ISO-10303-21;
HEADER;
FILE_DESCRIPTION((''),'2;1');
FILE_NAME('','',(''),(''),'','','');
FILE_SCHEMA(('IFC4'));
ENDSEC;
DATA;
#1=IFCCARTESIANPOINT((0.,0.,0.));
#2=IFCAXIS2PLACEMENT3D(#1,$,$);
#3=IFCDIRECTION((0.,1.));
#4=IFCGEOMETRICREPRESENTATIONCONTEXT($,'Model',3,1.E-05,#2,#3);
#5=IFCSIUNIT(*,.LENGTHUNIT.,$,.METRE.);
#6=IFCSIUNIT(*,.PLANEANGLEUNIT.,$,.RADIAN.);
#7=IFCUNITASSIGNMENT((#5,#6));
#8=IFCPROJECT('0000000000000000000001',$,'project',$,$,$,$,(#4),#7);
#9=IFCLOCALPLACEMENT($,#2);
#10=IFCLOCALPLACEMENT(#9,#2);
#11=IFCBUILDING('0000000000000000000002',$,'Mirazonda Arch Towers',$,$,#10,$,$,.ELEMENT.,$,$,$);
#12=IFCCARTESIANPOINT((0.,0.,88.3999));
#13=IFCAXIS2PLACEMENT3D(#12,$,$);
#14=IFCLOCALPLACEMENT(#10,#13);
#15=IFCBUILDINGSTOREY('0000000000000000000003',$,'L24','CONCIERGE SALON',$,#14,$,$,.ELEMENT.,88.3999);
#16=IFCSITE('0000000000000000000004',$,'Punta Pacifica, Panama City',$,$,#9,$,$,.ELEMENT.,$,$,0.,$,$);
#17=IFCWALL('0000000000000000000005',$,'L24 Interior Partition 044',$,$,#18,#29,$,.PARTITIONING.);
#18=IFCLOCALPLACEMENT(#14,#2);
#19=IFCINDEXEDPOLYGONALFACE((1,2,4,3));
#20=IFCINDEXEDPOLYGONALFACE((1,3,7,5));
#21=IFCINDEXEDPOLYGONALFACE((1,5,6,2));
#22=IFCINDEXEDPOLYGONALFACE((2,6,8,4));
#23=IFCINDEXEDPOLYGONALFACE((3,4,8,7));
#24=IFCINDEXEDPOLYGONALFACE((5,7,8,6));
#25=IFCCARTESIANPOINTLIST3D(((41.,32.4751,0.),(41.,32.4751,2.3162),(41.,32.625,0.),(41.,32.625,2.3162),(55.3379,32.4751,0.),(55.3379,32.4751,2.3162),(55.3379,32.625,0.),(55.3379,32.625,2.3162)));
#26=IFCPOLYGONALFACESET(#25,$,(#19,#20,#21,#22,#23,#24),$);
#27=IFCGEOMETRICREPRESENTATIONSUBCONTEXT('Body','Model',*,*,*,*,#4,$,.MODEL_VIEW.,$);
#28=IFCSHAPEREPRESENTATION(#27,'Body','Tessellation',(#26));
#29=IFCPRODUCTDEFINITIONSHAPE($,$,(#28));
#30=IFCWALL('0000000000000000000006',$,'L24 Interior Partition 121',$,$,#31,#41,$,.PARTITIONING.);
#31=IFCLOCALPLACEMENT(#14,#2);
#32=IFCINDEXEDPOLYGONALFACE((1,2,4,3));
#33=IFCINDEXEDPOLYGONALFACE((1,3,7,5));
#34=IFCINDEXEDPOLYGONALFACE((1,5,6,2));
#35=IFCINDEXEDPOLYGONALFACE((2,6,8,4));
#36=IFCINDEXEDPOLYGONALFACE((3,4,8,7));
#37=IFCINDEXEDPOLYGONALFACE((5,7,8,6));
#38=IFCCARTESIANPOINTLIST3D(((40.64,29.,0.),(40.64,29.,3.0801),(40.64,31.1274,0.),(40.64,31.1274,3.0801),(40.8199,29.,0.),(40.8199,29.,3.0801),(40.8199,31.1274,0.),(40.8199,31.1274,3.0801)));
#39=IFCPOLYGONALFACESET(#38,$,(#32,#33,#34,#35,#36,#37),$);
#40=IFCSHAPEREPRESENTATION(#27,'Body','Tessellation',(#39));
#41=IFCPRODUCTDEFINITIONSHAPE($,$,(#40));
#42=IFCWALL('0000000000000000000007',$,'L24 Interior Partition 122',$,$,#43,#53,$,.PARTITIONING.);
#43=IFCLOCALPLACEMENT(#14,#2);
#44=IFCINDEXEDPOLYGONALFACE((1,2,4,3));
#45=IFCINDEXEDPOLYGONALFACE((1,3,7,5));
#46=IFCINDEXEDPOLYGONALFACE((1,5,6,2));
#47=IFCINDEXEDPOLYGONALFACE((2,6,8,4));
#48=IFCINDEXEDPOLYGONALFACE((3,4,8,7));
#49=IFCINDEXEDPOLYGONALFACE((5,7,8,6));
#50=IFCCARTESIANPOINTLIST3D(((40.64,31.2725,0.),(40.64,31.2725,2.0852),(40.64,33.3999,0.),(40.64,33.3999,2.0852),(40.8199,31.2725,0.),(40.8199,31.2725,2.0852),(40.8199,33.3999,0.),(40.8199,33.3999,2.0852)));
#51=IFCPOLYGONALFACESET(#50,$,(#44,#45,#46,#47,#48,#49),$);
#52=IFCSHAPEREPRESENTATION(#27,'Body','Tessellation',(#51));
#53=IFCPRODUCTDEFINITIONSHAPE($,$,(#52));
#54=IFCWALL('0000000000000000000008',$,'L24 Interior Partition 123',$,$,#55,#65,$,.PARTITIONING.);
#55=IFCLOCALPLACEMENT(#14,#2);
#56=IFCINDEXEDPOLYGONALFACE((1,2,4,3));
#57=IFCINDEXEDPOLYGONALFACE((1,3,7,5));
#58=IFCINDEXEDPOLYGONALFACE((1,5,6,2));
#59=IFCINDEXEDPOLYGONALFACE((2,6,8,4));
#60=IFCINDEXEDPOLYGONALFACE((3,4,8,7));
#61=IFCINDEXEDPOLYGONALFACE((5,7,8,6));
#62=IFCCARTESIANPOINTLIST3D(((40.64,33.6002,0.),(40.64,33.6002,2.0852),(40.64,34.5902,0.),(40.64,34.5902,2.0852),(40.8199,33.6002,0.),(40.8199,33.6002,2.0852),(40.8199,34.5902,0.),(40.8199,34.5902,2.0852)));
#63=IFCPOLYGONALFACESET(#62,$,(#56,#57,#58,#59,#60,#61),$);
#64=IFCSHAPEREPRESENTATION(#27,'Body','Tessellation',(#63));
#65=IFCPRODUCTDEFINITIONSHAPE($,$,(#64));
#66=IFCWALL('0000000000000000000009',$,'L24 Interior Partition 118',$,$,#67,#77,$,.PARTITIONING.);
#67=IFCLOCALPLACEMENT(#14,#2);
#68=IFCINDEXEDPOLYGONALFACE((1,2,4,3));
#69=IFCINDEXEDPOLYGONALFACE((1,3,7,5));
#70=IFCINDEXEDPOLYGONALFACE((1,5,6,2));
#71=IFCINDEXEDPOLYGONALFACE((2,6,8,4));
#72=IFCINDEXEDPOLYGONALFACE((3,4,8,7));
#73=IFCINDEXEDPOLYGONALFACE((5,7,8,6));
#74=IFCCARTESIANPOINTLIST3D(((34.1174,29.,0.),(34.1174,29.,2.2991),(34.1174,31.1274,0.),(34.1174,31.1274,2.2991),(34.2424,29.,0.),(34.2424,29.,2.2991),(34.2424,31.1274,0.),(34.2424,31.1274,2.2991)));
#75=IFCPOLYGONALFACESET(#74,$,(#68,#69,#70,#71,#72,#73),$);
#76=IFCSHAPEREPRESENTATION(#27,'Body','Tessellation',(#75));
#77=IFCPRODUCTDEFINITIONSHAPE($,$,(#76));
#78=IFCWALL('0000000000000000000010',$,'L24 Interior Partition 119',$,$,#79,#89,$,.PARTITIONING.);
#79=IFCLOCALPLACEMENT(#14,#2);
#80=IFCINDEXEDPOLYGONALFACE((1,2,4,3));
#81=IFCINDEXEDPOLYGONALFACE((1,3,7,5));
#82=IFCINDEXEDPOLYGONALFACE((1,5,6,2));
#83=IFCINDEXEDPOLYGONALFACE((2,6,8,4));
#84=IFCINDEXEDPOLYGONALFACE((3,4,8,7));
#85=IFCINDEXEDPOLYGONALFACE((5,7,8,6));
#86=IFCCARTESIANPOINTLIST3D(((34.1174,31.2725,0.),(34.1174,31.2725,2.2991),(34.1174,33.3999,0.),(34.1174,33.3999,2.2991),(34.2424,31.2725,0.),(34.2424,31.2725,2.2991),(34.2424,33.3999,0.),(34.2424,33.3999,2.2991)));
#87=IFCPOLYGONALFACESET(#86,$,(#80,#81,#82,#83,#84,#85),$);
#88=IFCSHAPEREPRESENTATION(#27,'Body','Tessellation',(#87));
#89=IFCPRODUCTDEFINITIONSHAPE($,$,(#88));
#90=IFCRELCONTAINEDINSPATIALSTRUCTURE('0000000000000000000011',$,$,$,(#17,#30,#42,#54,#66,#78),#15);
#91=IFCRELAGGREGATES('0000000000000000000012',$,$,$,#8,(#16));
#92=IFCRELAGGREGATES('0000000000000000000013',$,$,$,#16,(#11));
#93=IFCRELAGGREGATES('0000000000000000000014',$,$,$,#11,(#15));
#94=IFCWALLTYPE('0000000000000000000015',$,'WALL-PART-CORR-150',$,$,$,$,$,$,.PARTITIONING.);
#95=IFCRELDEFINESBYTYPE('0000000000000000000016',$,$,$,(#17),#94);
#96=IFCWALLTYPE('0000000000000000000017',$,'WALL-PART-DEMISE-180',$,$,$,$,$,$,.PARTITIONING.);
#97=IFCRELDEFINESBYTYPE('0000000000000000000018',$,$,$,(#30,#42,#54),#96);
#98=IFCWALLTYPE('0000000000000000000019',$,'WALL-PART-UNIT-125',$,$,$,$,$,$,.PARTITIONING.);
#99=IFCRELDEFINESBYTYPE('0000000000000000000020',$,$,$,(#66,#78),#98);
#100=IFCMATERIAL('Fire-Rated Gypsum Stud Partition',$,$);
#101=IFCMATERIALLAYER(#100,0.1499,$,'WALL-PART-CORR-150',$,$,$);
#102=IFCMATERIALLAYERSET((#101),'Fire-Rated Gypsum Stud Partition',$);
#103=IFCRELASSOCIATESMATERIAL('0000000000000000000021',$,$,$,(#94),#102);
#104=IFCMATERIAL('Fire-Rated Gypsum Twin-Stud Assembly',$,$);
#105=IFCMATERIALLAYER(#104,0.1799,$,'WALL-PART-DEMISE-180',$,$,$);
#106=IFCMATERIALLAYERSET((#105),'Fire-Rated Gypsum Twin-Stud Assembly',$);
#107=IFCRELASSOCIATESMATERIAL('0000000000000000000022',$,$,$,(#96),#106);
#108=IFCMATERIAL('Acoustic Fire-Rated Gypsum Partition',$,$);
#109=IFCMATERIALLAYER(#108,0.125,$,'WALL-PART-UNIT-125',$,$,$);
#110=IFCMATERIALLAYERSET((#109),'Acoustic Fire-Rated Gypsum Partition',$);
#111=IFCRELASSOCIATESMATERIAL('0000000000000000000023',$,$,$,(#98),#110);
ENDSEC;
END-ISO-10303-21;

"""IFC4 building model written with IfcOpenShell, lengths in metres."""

from ifc_helpers import new_model, si_unit, direction, frame, frame_2d, origin, place, context, subcontext, project, spatial, rectangle, extrude, material, layer, layer_set, type_object, element, save


model = new_model("IFC4")

# Units and contexts
model_context = context("Model", 3, precision=1e-05, world=origin(), true_north=direction((0.0, 1.0)))
body_context = subcontext(model_context, "Body", "Model", "MODEL_VIEW")
ifc_project = project(units=[si_unit("LENGTHUNIT", "METRE"), si_unit("PLANEANGLEUNIT", "RADIAN")], contexts=[model_context])

# Site, building, storey
site_placement = place(None, origin())
site = spatial("IfcSite", under=ifc_project, at=site_placement, Name="Punta Pacifica, Panama City", CompositionType="ELEMENT", RefElevation=0.0)
building_placement = place(site_placement, origin())
building = spatial("IfcBuilding", under=site, at=building_placement, Name="Mirazonda Arch Towers", CompositionType="ELEMENT")
storey_placement = place(building_placement, frame((0.0, 0.0, 88.3999)))
storey = spatial("IfcBuildingStorey", under=building, at=storey_placement, Name="L24", Description="CONCIERGE SALON", CompositionType="ELEMENT", Elevation=88.3999)

# Walls
ifc_material_1 = material(Name="Fire-Rated Gypsum Stud Partition")
ifc_layer_1 = layer(ifc_material_1, 0.1499, Name="WALL-PART-CORR-150")
ifc_layer_set_1 = layer_set([ifc_layer_1], Name="Fire-Rated Gypsum Stud Partition")
wall_type_1 = type_object("IfcWallType", Name="WALL-PART-CORR-150", PredefinedType="PARTITIONING", material=ifc_layer_set_1)
wall_1_placement = place(storey_placement, frame((41.0, 32.55, 0.0), z_axis=(0.0, 0.0, 1.0), x_axis=(1.0, 0.0, 0.0)))
element("IfcWall", 1, at=wall_1_placement, inside=storey, type_object=wall_type_1, Name="L24 Interior Partition 044", PredefinedType="PARTITIONING", context=body_context, shape_type="SweptSolid", body=[
    extrude(rectangle(XDim=14.3379, YDim=0.1499, at=frame_2d((7.1689, 0.0))), origin(), (0.0, 0.0, 1.0), 2.3162),
])
ifc_material_2 = material(Name="Fire-Rated Gypsum Twin-Stud Assembly")
ifc_layer_2 = layer(ifc_material_2, 0.1799, Name="WALL-PART-DEMISE-180")
ifc_layer_set_2 = layer_set([ifc_layer_2], Name="Fire-Rated Gypsum Twin-Stud Assembly")
wall_type_2 = type_object("IfcWallType", Name="WALL-PART-DEMISE-180", PredefinedType="PARTITIONING", material=ifc_layer_set_2)
wall_2_placement = place(storey_placement, frame((40.73, 29.0, 0.0), z_axis=(0.0, 0.0, 1.0), x_axis=(0.0, 1.0, 0.0)))
element("IfcWall", 2, at=wall_2_placement, inside=storey, type_object=wall_type_2, Name="L24 Interior Partition 121", PredefinedType="PARTITIONING", context=body_context, shape_type="SweptSolid", body=[
    extrude(rectangle(XDim=2.1274, YDim=0.1799, at=frame_2d((1.0637, 0.0))), origin(), (0.0, 0.0, 1.0), 3.0801),
])
wall_3_placement = place(storey_placement, frame((40.73, 31.2725, 0.0), z_axis=(0.0, 0.0, 1.0), x_axis=(0.0, 1.0, 0.0)))
element("IfcWall", 3, at=wall_3_placement, inside=storey, type_object=wall_type_2, Name="L24 Interior Partition 122", PredefinedType="PARTITIONING", context=body_context, shape_type="SweptSolid", body=[
    extrude(rectangle(XDim=2.1274, YDim=0.1799, at=frame_2d((1.0637, 0.0))), origin(), (0.0, 0.0, 1.0), 2.0852),
])
wall_4_placement = place(storey_placement, frame((40.73, 33.6001, 0.0), z_axis=(0.0, 0.0, 1.0), x_axis=(0.0, 1.0, 0.0)))
element("IfcWall", 4, at=wall_4_placement, inside=storey, type_object=wall_type_2, Name="L24 Interior Partition 123", PredefinedType="PARTITIONING", context=body_context, shape_type="SweptSolid", body=[
    extrude(rectangle(XDim=0.99, YDim=0.1799, at=frame_2d((0.4951, 0.0))), origin(), (0.0, 0.0, 1.0), 2.0852),
])
ifc_material_3 = material(Name="Acoustic Fire-Rated Gypsum Partition")
ifc_layer_3 = layer(ifc_material_3, 0.125, Name="WALL-PART-UNIT-125")
ifc_layer_set_3 = layer_set([ifc_layer_3], Name="Acoustic Fire-Rated Gypsum Partition")
wall_type_3 = type_object("IfcWallType", Name="WALL-PART-UNIT-125", PredefinedType="PARTITIONING", material=ifc_layer_set_3)
for number, where, z_axis, x_axis, name in (
    (5, (34.1799, 29.0, 0.0), (0.0, 0.0, 1.0), (0.0, 1.0, 0.0), "L24 Interior Partition 118"),
    (6, (34.1799, 31.2725, 0.0), (0.0, 0.0, 1.0), (0.0, 1.0, 0.0), "L24 Interior Partition 119"),
):
    element("IfcWall", number, at=place(storey_placement, frame(where, z_axis=z_axis, x_axis=x_axis)), inside=storey, type_object=wall_type_3, Name=name, PredefinedType="PARTITIONING", context=body_context, shape_type="SweptSolid", body=[
        extrude(rectangle(XDim=2.1274, YDim=0.125, at=frame_2d((1.0637, 0.0))), origin(), (0.0, 0.0, 1.0), 2.2991),
    ])

save(model, "model.ifc")
